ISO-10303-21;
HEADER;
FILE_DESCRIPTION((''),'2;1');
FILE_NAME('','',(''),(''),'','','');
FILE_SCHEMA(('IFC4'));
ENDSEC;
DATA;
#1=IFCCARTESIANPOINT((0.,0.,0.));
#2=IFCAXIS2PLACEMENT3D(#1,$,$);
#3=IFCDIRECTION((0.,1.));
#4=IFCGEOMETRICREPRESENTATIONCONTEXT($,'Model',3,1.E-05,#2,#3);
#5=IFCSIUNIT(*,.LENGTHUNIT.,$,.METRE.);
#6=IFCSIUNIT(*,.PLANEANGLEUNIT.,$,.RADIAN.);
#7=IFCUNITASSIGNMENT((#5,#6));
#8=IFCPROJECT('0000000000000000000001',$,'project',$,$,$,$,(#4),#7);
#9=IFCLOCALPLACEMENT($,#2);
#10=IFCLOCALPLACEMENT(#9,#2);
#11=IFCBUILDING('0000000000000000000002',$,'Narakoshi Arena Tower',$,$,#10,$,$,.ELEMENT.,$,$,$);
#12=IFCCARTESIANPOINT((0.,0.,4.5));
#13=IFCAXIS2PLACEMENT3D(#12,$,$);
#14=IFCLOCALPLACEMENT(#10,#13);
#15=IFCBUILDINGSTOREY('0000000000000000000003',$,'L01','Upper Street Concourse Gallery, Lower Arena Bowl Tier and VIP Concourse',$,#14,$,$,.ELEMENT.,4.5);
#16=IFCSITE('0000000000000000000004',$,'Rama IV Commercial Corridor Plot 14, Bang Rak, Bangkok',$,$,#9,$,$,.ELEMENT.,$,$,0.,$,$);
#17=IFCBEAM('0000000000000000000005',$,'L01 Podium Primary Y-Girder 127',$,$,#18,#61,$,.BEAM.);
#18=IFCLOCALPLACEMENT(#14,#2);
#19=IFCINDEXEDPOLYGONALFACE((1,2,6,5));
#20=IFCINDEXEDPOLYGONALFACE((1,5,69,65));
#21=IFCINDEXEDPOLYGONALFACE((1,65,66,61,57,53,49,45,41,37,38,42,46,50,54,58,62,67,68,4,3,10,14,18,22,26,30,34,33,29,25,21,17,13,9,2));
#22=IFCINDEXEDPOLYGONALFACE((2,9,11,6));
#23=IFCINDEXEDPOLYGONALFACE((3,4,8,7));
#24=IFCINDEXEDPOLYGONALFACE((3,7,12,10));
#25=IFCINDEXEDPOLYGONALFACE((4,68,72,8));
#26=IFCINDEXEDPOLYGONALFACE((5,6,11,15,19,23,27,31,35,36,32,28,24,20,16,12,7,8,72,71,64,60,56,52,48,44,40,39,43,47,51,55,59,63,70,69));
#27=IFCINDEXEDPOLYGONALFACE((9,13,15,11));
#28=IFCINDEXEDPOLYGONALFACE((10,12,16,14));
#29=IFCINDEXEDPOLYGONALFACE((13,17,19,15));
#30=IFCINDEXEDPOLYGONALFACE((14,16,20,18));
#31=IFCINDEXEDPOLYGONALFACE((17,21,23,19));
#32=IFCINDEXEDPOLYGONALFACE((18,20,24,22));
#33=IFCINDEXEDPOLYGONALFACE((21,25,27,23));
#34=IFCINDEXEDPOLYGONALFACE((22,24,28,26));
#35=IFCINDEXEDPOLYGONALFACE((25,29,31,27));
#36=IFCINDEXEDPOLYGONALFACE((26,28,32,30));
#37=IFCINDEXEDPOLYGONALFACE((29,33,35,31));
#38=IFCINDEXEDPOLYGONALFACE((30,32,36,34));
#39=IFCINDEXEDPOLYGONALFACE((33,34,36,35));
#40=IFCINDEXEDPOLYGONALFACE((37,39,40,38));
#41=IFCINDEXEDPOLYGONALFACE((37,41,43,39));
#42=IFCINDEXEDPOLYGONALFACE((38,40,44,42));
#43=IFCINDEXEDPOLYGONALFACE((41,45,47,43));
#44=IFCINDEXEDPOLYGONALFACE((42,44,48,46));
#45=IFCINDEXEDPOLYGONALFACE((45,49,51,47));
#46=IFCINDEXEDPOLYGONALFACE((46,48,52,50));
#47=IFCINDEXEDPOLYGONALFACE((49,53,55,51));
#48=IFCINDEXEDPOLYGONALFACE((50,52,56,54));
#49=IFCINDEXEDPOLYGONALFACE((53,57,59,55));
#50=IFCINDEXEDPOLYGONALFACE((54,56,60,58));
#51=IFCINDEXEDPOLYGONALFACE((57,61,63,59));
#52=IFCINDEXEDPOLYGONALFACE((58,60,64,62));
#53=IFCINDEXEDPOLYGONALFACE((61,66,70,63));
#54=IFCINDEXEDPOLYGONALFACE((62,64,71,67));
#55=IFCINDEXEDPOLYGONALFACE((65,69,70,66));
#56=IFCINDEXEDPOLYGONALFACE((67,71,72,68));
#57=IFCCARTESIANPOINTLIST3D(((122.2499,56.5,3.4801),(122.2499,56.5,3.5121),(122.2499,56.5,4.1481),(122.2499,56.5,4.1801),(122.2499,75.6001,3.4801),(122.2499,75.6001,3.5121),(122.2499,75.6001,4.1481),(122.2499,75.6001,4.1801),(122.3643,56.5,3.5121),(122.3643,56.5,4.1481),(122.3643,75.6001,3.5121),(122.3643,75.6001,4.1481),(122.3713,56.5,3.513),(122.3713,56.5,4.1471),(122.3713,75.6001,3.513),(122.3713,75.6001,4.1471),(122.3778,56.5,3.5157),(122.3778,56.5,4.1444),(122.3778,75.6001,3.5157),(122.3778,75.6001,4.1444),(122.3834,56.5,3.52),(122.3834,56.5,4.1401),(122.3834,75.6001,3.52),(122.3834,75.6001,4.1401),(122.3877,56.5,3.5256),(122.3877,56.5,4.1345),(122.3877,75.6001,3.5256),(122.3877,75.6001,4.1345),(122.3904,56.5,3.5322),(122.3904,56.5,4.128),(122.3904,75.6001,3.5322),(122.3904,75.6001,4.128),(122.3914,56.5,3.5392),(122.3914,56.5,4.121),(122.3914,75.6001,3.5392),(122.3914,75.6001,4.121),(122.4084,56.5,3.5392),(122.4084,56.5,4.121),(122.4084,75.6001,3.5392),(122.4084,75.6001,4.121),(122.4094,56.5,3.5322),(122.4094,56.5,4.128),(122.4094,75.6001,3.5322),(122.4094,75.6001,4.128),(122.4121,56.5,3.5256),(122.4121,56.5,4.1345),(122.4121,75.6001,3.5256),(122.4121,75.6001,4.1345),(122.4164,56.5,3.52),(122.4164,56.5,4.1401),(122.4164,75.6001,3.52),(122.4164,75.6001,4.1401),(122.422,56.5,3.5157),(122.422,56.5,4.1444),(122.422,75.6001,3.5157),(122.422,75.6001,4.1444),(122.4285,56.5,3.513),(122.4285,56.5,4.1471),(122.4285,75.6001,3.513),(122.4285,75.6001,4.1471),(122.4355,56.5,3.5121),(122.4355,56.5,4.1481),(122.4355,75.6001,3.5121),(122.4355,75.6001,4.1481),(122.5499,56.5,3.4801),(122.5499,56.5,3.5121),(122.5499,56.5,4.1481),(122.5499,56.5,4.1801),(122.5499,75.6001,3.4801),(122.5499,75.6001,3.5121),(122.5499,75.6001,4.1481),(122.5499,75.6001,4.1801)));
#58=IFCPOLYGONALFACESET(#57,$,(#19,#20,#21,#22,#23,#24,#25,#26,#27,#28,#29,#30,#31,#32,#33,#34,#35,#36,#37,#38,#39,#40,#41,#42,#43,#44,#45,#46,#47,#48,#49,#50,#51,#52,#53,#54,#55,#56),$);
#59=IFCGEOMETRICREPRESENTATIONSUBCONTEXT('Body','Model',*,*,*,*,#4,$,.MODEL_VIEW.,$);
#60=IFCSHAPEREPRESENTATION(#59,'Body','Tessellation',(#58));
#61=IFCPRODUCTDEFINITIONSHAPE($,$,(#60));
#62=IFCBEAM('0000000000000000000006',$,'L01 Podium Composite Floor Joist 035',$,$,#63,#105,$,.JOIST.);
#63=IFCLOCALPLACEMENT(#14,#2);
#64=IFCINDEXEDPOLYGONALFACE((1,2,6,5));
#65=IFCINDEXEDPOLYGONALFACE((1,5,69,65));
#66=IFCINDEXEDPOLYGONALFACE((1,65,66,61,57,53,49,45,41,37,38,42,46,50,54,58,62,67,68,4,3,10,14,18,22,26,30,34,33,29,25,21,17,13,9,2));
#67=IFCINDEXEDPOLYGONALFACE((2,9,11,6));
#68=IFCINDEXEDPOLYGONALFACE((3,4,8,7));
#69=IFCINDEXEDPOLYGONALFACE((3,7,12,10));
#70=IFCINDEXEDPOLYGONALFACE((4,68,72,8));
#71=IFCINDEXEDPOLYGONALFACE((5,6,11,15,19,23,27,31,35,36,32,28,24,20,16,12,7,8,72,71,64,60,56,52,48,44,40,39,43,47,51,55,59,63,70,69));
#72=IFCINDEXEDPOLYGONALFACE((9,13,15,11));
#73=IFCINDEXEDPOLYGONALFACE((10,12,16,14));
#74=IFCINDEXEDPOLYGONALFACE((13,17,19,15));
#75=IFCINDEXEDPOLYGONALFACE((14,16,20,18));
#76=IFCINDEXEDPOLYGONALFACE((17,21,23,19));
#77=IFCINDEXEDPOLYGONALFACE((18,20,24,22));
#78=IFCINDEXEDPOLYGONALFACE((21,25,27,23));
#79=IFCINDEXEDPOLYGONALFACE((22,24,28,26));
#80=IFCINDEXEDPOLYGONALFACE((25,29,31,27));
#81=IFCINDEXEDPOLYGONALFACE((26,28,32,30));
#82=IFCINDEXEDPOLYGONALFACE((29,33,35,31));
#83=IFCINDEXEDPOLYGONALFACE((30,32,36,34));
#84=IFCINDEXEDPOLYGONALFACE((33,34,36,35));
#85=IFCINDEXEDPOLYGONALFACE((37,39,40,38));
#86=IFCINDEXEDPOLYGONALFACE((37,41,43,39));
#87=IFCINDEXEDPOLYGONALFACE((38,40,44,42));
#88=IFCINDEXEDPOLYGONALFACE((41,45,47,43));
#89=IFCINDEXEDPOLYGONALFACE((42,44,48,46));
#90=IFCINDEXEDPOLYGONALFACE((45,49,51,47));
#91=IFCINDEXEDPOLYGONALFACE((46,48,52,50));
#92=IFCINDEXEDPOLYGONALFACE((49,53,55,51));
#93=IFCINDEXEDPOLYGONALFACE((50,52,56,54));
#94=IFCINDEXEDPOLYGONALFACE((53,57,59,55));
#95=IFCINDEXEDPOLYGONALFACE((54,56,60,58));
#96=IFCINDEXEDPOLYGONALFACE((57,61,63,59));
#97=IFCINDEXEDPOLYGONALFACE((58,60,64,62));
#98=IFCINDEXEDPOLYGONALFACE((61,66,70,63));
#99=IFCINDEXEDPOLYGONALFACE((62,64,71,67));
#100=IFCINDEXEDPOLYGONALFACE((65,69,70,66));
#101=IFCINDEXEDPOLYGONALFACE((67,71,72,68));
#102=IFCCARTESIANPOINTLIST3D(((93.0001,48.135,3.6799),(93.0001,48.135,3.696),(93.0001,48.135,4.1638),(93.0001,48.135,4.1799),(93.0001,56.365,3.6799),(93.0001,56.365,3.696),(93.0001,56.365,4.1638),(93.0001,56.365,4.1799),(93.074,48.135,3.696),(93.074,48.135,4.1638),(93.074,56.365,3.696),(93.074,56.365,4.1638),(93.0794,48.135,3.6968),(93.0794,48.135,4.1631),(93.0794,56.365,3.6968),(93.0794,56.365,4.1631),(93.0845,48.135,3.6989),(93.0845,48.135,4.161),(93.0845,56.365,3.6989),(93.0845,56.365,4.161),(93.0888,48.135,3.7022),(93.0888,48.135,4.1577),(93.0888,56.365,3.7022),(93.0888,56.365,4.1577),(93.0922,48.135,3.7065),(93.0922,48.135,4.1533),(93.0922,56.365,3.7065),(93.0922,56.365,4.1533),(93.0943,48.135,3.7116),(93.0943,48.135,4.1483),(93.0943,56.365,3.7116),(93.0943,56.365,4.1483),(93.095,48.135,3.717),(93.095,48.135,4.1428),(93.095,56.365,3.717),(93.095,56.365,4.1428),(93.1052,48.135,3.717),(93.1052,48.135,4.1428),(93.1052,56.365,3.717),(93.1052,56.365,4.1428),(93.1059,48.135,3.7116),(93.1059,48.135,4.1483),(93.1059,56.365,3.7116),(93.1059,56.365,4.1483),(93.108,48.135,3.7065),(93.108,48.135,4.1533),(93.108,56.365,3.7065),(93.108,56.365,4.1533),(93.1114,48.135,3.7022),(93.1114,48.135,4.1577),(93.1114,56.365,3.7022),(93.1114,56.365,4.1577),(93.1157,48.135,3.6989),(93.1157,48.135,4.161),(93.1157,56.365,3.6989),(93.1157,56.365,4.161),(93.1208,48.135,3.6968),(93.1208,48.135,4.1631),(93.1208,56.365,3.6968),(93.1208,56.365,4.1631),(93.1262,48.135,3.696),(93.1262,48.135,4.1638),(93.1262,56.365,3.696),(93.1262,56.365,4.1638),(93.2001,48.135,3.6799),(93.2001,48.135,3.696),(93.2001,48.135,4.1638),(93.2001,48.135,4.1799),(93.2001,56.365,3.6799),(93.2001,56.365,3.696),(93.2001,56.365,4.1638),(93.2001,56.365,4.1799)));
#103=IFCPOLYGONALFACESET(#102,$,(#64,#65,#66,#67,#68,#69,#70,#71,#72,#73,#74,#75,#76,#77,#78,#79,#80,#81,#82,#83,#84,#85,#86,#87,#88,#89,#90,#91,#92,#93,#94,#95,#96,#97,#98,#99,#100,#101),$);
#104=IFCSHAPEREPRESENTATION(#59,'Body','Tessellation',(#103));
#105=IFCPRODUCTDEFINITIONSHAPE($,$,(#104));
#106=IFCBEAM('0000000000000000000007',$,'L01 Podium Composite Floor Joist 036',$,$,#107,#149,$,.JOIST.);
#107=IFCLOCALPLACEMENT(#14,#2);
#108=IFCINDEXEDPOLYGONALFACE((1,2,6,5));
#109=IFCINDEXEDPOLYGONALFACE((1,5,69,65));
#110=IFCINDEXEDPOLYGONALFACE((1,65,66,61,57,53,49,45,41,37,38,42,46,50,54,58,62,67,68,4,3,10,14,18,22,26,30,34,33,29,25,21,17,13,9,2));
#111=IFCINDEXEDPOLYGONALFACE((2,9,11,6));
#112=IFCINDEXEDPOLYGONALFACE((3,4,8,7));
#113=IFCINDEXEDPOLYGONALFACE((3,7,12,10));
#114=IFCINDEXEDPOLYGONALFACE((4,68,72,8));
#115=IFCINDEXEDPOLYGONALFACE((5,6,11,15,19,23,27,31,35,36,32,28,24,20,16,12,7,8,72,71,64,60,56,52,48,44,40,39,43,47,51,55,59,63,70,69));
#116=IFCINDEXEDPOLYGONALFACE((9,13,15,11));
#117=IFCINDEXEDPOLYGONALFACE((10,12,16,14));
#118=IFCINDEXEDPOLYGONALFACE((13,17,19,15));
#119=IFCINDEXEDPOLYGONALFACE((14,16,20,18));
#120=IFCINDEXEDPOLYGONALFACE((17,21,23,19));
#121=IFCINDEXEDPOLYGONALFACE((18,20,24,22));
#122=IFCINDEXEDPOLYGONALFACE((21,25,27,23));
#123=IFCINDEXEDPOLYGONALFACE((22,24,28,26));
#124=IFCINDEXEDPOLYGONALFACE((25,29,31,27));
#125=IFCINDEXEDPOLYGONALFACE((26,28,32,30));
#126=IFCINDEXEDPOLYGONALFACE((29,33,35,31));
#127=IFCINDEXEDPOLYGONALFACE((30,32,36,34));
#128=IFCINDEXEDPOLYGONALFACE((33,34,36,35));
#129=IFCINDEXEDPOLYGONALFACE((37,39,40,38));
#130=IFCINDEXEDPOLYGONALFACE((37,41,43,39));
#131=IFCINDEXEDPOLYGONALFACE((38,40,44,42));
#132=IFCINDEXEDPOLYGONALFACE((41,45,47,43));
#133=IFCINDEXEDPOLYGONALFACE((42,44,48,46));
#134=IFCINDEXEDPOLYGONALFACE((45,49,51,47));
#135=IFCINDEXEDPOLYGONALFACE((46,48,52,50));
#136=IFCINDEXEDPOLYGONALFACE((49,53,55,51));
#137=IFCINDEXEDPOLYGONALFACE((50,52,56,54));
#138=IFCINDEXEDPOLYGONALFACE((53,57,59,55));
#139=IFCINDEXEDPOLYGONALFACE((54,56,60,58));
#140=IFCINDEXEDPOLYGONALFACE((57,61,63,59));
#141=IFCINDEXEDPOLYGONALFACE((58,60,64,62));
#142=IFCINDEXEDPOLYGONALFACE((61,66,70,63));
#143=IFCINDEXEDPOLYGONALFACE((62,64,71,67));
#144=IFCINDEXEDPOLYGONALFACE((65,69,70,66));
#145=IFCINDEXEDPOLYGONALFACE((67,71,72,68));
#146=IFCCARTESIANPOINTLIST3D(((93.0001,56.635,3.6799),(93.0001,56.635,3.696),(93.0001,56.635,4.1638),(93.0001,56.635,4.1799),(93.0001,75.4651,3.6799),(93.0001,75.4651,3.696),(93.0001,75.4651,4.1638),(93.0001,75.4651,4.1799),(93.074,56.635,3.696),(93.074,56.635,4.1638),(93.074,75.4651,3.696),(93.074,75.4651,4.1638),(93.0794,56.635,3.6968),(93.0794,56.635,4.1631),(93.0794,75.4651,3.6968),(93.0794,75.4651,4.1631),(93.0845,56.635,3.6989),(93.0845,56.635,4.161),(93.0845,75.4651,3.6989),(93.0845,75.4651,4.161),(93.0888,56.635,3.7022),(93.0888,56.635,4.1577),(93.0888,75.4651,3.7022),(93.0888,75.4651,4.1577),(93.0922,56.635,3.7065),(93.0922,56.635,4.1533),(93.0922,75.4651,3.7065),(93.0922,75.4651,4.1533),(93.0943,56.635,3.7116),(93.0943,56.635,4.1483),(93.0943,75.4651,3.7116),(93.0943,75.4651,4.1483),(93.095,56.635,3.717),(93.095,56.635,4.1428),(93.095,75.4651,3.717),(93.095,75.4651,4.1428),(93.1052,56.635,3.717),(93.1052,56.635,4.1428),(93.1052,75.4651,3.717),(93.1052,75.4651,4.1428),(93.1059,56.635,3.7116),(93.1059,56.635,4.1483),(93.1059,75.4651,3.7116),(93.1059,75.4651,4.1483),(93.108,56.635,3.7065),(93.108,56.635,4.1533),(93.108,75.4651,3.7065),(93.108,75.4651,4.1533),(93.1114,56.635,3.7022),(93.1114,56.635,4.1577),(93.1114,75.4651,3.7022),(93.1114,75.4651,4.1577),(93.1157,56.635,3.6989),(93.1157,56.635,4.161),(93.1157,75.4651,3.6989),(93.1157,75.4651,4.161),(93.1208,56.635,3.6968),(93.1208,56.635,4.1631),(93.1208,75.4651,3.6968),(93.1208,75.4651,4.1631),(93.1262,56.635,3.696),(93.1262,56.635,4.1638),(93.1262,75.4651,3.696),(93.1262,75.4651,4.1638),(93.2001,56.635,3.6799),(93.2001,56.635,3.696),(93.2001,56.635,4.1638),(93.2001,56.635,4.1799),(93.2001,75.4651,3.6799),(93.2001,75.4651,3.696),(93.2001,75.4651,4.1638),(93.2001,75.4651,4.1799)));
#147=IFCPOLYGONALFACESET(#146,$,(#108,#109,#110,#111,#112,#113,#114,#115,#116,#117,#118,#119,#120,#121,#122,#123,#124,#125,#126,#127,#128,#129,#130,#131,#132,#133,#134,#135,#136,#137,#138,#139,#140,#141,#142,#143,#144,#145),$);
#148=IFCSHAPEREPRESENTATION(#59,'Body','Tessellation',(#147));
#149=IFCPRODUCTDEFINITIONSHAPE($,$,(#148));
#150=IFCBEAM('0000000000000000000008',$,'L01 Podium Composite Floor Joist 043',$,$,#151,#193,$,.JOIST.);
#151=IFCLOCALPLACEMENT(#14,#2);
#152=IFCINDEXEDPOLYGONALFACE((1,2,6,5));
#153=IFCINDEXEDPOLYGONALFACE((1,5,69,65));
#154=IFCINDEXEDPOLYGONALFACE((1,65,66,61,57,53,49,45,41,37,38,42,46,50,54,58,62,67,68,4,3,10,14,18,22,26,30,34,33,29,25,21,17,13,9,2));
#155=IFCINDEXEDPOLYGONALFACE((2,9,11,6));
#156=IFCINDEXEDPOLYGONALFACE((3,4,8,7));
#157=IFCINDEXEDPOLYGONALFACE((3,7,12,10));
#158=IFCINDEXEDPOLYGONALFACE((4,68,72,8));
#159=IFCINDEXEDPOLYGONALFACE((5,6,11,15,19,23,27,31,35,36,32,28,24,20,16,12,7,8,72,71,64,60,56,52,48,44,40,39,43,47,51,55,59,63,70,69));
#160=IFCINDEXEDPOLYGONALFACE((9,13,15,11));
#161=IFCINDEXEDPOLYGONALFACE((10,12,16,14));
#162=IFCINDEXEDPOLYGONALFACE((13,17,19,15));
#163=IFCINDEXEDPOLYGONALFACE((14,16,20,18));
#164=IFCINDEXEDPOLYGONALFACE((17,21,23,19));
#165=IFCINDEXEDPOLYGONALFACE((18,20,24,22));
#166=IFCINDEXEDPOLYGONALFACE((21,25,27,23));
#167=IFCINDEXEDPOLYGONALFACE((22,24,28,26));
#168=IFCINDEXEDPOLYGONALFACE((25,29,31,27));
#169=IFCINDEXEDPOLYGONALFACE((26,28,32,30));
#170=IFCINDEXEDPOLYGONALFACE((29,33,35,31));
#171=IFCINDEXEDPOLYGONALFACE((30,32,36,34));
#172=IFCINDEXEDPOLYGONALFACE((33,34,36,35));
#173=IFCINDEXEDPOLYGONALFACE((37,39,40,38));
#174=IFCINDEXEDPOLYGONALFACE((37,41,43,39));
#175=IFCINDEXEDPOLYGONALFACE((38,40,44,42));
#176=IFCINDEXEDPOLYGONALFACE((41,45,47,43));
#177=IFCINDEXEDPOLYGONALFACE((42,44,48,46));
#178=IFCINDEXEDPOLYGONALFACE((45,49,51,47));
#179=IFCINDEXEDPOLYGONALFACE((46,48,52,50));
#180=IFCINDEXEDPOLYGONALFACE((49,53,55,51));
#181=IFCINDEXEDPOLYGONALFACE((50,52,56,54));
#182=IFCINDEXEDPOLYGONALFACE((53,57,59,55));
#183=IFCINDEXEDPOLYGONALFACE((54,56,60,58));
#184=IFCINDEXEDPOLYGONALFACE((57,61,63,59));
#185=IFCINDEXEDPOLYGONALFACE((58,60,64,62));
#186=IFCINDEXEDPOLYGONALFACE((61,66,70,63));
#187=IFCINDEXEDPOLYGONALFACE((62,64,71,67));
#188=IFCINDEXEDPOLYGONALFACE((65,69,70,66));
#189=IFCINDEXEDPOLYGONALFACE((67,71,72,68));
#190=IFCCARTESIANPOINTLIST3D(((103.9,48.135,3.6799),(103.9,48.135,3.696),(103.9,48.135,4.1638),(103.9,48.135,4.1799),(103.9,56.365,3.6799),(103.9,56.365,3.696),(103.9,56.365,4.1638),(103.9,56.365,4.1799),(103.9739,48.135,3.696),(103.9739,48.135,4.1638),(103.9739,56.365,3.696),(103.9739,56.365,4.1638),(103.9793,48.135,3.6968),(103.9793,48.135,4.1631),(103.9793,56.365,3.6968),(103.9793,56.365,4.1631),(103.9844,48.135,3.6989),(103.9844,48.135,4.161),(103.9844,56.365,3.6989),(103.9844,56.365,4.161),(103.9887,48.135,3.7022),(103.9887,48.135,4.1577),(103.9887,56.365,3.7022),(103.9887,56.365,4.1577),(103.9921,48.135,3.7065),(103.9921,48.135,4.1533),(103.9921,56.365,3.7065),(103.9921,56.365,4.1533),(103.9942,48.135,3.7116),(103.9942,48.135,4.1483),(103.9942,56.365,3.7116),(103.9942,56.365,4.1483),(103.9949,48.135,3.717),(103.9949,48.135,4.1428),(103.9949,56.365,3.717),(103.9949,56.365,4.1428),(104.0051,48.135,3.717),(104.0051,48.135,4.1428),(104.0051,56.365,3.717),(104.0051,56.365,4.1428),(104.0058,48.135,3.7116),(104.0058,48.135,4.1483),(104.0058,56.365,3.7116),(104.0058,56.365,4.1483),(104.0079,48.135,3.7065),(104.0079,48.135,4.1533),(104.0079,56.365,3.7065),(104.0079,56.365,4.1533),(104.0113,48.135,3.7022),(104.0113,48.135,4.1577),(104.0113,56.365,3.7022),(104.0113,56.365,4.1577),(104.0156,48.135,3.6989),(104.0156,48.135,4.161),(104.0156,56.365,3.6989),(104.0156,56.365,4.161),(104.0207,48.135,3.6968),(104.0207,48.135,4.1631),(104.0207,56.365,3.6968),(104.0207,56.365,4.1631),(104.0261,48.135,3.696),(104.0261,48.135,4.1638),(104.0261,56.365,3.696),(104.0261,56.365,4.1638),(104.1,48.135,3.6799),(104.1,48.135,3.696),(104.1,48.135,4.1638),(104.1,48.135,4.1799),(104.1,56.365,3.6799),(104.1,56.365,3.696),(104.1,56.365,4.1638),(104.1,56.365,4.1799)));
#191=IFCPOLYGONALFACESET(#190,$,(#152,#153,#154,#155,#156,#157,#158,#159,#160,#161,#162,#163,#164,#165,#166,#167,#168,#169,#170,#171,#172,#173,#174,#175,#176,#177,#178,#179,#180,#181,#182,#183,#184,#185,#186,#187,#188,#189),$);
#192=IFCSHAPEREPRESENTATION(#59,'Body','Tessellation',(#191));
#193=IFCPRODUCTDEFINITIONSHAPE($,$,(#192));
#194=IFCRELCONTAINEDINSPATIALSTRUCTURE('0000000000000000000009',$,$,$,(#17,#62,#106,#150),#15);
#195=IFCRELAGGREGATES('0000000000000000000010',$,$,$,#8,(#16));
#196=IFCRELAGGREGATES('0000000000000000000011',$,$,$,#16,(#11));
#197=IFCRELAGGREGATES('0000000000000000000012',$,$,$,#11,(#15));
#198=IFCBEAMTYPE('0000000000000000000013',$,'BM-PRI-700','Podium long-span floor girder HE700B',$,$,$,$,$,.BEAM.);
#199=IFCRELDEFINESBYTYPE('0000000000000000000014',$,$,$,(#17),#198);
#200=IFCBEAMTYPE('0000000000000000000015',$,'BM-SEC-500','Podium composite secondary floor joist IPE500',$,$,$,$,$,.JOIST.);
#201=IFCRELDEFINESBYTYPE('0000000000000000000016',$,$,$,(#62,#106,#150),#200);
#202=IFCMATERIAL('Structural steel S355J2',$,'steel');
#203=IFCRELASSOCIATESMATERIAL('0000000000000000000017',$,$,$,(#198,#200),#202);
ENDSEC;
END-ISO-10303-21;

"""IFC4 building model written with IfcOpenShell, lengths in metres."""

from ifc_helpers import new_model, si_unit, direction, frame, origin, origin_2d, place, context, subcontext, project, spatial, i_section, extrude, material, material_profile, profile_set, type_object, element, save


model = new_model("IFC4")

# Units and contexts
model_context = context("Model", 3, precision=1e-05, world=origin(), true_north=direction((0.0, 1.0)))
body_context = subcontext(model_context, "Body", "Model", "MODEL_VIEW")
ifc_project = project(units=[si_unit("LENGTHUNIT", "METRE"), si_unit("PLANEANGLEUNIT", "RADIAN")], contexts=[model_context])

# Site, building, storey
site_placement = place(None, origin())
site = spatial("IfcSite", under=ifc_project, at=site_placement, Name="Rama IV Commercial Corridor Plot 14, Bang Rak, Bangkok", CompositionType="ELEMENT", RefElevation=0.0)
building_placement = place(site_placement, origin())
building = spatial("IfcBuilding", under=site, at=building_placement, Name="Narakoshi Arena Tower", CompositionType="ELEMENT")
storey_placement = place(building_placement, frame((0.0, 0.0, 4.5)))
storey = spatial("IfcBuildingStorey", under=building, at=storey_placement, Name="L01", Description="Upper Street Concourse Gallery, Lower Arena Bowl Tier and VIP Concourse", CompositionType="ELEMENT", Elevation=4.5)

# Beams
ifc_material_1 = material(Name="Structural steel S355J2", Category="steel")
ifc_material_profile_1 = material_profile(ifc_material_1, i_section(OverallWidth=0.3, OverallDepth=0.7, WebThickness=0.0171, FlangeThickness=0.032, FilletRadius=0.0271, at=origin_2d()), Name="HE700B")
ifc_profile_set_1 = profile_set([ifc_material_profile_1], Name="Structural steel S355J2")
beam_type_1 = type_object("IfcBeamType", Name="BM-PRI-700", Description="Podium long-span floor girder HE700B", PredefinedType="BEAM", material=ifc_profile_set_1)
beam_1_placement = place(storey_placement, frame((122.3999, 56.5, 3.8301), z_axis=(0.0, 1.0, 0.0), x_axis=(-1.0, 0.0, 0.0)))
element("IfcBeam", 1, at=beam_1_placement, inside=storey, type_object=beam_type_1, Name="L01 Podium Primary Y-Girder 127", PredefinedType="BEAM", context=body_context, shape_type="SweptSolid", body=[
    extrude(i_section(OverallWidth=0.3, OverallDepth=0.7, WebThickness=0.0171, FlangeThickness=0.032, FilletRadius=0.0271, at=origin_2d()), origin(), (0.0, 0.0, 1.0), 19.1001),
])
ifc_material_profile_2 = material_profile(ifc_material_1, i_section(OverallWidth=0.2, OverallDepth=0.5, WebThickness=0.0103, FlangeThickness=0.0161, FilletRadius=0.021, at=origin_2d()), Name="IPE500")
ifc_profile_set_2 = profile_set([ifc_material_profile_2], Name="Structural steel S355J2")
beam_type_2 = type_object("IfcBeamType", Name="BM-SEC-500", Description="Podium composite secondary floor joist IPE500", PredefinedType="JOIST", material=ifc_profile_set_2)
beam_2_placement = place(storey_placement, frame((93.1001, 48.135, 3.9299), z_axis=(0.0, 1.0, 0.0), x_axis=(-1.0, 0.0, 0.0)))
element("IfcBeam", 2, at=beam_2_placement, inside=storey, type_object=beam_type_2, Name="L01 Podium Composite Floor Joist 035", PredefinedType="JOIST", context=body_context, shape_type="SweptSolid", body=[
    extrude(i_section(OverallWidth=0.2, OverallDepth=0.5, WebThickness=0.0103, FlangeThickness=0.0161, FilletRadius=0.021, at=origin_2d()), origin(), (0.0, 0.0, 1.0), 8.23),
])
beam_3_placement = place(storey_placement, frame((93.1001, 56.635, 3.9299), z_axis=(0.0, 1.0, 0.0), x_axis=(-1.0, 0.0, 0.0)))
element("IfcBeam", 3, at=beam_3_placement, inside=storey, type_object=beam_type_2, Name="L01 Podium Composite Floor Joist 036", PredefinedType="JOIST", context=body_context, shape_type="SweptSolid", body=[
    extrude(i_section(OverallWidth=0.2, OverallDepth=0.5, WebThickness=0.0103, FlangeThickness=0.0161, FilletRadius=0.021, at=origin_2d()), origin(), (0.0, 0.0, 1.0), 18.8301),
])
beam_4_placement = place(storey_placement, frame((104.0, 48.135, 3.9299), z_axis=(0.0, 1.0, 0.0), x_axis=(-1.0, 0.0, 0.0)))
element("IfcBeam", 4, at=beam_4_placement, inside=storey, type_object=beam_type_2, Name="L01 Podium Composite Floor Joist 043", PredefinedType="JOIST", context=body_context, shape_type="SweptSolid", body=[
    extrude(i_section(OverallWidth=0.2, OverallDepth=0.5, WebThickness=0.0103, FlangeThickness=0.0161, FilletRadius=0.021, at=origin_2d()), origin(), (0.0, 0.0, 1.0), 8.23),
])

save(model, "model.ifc")
